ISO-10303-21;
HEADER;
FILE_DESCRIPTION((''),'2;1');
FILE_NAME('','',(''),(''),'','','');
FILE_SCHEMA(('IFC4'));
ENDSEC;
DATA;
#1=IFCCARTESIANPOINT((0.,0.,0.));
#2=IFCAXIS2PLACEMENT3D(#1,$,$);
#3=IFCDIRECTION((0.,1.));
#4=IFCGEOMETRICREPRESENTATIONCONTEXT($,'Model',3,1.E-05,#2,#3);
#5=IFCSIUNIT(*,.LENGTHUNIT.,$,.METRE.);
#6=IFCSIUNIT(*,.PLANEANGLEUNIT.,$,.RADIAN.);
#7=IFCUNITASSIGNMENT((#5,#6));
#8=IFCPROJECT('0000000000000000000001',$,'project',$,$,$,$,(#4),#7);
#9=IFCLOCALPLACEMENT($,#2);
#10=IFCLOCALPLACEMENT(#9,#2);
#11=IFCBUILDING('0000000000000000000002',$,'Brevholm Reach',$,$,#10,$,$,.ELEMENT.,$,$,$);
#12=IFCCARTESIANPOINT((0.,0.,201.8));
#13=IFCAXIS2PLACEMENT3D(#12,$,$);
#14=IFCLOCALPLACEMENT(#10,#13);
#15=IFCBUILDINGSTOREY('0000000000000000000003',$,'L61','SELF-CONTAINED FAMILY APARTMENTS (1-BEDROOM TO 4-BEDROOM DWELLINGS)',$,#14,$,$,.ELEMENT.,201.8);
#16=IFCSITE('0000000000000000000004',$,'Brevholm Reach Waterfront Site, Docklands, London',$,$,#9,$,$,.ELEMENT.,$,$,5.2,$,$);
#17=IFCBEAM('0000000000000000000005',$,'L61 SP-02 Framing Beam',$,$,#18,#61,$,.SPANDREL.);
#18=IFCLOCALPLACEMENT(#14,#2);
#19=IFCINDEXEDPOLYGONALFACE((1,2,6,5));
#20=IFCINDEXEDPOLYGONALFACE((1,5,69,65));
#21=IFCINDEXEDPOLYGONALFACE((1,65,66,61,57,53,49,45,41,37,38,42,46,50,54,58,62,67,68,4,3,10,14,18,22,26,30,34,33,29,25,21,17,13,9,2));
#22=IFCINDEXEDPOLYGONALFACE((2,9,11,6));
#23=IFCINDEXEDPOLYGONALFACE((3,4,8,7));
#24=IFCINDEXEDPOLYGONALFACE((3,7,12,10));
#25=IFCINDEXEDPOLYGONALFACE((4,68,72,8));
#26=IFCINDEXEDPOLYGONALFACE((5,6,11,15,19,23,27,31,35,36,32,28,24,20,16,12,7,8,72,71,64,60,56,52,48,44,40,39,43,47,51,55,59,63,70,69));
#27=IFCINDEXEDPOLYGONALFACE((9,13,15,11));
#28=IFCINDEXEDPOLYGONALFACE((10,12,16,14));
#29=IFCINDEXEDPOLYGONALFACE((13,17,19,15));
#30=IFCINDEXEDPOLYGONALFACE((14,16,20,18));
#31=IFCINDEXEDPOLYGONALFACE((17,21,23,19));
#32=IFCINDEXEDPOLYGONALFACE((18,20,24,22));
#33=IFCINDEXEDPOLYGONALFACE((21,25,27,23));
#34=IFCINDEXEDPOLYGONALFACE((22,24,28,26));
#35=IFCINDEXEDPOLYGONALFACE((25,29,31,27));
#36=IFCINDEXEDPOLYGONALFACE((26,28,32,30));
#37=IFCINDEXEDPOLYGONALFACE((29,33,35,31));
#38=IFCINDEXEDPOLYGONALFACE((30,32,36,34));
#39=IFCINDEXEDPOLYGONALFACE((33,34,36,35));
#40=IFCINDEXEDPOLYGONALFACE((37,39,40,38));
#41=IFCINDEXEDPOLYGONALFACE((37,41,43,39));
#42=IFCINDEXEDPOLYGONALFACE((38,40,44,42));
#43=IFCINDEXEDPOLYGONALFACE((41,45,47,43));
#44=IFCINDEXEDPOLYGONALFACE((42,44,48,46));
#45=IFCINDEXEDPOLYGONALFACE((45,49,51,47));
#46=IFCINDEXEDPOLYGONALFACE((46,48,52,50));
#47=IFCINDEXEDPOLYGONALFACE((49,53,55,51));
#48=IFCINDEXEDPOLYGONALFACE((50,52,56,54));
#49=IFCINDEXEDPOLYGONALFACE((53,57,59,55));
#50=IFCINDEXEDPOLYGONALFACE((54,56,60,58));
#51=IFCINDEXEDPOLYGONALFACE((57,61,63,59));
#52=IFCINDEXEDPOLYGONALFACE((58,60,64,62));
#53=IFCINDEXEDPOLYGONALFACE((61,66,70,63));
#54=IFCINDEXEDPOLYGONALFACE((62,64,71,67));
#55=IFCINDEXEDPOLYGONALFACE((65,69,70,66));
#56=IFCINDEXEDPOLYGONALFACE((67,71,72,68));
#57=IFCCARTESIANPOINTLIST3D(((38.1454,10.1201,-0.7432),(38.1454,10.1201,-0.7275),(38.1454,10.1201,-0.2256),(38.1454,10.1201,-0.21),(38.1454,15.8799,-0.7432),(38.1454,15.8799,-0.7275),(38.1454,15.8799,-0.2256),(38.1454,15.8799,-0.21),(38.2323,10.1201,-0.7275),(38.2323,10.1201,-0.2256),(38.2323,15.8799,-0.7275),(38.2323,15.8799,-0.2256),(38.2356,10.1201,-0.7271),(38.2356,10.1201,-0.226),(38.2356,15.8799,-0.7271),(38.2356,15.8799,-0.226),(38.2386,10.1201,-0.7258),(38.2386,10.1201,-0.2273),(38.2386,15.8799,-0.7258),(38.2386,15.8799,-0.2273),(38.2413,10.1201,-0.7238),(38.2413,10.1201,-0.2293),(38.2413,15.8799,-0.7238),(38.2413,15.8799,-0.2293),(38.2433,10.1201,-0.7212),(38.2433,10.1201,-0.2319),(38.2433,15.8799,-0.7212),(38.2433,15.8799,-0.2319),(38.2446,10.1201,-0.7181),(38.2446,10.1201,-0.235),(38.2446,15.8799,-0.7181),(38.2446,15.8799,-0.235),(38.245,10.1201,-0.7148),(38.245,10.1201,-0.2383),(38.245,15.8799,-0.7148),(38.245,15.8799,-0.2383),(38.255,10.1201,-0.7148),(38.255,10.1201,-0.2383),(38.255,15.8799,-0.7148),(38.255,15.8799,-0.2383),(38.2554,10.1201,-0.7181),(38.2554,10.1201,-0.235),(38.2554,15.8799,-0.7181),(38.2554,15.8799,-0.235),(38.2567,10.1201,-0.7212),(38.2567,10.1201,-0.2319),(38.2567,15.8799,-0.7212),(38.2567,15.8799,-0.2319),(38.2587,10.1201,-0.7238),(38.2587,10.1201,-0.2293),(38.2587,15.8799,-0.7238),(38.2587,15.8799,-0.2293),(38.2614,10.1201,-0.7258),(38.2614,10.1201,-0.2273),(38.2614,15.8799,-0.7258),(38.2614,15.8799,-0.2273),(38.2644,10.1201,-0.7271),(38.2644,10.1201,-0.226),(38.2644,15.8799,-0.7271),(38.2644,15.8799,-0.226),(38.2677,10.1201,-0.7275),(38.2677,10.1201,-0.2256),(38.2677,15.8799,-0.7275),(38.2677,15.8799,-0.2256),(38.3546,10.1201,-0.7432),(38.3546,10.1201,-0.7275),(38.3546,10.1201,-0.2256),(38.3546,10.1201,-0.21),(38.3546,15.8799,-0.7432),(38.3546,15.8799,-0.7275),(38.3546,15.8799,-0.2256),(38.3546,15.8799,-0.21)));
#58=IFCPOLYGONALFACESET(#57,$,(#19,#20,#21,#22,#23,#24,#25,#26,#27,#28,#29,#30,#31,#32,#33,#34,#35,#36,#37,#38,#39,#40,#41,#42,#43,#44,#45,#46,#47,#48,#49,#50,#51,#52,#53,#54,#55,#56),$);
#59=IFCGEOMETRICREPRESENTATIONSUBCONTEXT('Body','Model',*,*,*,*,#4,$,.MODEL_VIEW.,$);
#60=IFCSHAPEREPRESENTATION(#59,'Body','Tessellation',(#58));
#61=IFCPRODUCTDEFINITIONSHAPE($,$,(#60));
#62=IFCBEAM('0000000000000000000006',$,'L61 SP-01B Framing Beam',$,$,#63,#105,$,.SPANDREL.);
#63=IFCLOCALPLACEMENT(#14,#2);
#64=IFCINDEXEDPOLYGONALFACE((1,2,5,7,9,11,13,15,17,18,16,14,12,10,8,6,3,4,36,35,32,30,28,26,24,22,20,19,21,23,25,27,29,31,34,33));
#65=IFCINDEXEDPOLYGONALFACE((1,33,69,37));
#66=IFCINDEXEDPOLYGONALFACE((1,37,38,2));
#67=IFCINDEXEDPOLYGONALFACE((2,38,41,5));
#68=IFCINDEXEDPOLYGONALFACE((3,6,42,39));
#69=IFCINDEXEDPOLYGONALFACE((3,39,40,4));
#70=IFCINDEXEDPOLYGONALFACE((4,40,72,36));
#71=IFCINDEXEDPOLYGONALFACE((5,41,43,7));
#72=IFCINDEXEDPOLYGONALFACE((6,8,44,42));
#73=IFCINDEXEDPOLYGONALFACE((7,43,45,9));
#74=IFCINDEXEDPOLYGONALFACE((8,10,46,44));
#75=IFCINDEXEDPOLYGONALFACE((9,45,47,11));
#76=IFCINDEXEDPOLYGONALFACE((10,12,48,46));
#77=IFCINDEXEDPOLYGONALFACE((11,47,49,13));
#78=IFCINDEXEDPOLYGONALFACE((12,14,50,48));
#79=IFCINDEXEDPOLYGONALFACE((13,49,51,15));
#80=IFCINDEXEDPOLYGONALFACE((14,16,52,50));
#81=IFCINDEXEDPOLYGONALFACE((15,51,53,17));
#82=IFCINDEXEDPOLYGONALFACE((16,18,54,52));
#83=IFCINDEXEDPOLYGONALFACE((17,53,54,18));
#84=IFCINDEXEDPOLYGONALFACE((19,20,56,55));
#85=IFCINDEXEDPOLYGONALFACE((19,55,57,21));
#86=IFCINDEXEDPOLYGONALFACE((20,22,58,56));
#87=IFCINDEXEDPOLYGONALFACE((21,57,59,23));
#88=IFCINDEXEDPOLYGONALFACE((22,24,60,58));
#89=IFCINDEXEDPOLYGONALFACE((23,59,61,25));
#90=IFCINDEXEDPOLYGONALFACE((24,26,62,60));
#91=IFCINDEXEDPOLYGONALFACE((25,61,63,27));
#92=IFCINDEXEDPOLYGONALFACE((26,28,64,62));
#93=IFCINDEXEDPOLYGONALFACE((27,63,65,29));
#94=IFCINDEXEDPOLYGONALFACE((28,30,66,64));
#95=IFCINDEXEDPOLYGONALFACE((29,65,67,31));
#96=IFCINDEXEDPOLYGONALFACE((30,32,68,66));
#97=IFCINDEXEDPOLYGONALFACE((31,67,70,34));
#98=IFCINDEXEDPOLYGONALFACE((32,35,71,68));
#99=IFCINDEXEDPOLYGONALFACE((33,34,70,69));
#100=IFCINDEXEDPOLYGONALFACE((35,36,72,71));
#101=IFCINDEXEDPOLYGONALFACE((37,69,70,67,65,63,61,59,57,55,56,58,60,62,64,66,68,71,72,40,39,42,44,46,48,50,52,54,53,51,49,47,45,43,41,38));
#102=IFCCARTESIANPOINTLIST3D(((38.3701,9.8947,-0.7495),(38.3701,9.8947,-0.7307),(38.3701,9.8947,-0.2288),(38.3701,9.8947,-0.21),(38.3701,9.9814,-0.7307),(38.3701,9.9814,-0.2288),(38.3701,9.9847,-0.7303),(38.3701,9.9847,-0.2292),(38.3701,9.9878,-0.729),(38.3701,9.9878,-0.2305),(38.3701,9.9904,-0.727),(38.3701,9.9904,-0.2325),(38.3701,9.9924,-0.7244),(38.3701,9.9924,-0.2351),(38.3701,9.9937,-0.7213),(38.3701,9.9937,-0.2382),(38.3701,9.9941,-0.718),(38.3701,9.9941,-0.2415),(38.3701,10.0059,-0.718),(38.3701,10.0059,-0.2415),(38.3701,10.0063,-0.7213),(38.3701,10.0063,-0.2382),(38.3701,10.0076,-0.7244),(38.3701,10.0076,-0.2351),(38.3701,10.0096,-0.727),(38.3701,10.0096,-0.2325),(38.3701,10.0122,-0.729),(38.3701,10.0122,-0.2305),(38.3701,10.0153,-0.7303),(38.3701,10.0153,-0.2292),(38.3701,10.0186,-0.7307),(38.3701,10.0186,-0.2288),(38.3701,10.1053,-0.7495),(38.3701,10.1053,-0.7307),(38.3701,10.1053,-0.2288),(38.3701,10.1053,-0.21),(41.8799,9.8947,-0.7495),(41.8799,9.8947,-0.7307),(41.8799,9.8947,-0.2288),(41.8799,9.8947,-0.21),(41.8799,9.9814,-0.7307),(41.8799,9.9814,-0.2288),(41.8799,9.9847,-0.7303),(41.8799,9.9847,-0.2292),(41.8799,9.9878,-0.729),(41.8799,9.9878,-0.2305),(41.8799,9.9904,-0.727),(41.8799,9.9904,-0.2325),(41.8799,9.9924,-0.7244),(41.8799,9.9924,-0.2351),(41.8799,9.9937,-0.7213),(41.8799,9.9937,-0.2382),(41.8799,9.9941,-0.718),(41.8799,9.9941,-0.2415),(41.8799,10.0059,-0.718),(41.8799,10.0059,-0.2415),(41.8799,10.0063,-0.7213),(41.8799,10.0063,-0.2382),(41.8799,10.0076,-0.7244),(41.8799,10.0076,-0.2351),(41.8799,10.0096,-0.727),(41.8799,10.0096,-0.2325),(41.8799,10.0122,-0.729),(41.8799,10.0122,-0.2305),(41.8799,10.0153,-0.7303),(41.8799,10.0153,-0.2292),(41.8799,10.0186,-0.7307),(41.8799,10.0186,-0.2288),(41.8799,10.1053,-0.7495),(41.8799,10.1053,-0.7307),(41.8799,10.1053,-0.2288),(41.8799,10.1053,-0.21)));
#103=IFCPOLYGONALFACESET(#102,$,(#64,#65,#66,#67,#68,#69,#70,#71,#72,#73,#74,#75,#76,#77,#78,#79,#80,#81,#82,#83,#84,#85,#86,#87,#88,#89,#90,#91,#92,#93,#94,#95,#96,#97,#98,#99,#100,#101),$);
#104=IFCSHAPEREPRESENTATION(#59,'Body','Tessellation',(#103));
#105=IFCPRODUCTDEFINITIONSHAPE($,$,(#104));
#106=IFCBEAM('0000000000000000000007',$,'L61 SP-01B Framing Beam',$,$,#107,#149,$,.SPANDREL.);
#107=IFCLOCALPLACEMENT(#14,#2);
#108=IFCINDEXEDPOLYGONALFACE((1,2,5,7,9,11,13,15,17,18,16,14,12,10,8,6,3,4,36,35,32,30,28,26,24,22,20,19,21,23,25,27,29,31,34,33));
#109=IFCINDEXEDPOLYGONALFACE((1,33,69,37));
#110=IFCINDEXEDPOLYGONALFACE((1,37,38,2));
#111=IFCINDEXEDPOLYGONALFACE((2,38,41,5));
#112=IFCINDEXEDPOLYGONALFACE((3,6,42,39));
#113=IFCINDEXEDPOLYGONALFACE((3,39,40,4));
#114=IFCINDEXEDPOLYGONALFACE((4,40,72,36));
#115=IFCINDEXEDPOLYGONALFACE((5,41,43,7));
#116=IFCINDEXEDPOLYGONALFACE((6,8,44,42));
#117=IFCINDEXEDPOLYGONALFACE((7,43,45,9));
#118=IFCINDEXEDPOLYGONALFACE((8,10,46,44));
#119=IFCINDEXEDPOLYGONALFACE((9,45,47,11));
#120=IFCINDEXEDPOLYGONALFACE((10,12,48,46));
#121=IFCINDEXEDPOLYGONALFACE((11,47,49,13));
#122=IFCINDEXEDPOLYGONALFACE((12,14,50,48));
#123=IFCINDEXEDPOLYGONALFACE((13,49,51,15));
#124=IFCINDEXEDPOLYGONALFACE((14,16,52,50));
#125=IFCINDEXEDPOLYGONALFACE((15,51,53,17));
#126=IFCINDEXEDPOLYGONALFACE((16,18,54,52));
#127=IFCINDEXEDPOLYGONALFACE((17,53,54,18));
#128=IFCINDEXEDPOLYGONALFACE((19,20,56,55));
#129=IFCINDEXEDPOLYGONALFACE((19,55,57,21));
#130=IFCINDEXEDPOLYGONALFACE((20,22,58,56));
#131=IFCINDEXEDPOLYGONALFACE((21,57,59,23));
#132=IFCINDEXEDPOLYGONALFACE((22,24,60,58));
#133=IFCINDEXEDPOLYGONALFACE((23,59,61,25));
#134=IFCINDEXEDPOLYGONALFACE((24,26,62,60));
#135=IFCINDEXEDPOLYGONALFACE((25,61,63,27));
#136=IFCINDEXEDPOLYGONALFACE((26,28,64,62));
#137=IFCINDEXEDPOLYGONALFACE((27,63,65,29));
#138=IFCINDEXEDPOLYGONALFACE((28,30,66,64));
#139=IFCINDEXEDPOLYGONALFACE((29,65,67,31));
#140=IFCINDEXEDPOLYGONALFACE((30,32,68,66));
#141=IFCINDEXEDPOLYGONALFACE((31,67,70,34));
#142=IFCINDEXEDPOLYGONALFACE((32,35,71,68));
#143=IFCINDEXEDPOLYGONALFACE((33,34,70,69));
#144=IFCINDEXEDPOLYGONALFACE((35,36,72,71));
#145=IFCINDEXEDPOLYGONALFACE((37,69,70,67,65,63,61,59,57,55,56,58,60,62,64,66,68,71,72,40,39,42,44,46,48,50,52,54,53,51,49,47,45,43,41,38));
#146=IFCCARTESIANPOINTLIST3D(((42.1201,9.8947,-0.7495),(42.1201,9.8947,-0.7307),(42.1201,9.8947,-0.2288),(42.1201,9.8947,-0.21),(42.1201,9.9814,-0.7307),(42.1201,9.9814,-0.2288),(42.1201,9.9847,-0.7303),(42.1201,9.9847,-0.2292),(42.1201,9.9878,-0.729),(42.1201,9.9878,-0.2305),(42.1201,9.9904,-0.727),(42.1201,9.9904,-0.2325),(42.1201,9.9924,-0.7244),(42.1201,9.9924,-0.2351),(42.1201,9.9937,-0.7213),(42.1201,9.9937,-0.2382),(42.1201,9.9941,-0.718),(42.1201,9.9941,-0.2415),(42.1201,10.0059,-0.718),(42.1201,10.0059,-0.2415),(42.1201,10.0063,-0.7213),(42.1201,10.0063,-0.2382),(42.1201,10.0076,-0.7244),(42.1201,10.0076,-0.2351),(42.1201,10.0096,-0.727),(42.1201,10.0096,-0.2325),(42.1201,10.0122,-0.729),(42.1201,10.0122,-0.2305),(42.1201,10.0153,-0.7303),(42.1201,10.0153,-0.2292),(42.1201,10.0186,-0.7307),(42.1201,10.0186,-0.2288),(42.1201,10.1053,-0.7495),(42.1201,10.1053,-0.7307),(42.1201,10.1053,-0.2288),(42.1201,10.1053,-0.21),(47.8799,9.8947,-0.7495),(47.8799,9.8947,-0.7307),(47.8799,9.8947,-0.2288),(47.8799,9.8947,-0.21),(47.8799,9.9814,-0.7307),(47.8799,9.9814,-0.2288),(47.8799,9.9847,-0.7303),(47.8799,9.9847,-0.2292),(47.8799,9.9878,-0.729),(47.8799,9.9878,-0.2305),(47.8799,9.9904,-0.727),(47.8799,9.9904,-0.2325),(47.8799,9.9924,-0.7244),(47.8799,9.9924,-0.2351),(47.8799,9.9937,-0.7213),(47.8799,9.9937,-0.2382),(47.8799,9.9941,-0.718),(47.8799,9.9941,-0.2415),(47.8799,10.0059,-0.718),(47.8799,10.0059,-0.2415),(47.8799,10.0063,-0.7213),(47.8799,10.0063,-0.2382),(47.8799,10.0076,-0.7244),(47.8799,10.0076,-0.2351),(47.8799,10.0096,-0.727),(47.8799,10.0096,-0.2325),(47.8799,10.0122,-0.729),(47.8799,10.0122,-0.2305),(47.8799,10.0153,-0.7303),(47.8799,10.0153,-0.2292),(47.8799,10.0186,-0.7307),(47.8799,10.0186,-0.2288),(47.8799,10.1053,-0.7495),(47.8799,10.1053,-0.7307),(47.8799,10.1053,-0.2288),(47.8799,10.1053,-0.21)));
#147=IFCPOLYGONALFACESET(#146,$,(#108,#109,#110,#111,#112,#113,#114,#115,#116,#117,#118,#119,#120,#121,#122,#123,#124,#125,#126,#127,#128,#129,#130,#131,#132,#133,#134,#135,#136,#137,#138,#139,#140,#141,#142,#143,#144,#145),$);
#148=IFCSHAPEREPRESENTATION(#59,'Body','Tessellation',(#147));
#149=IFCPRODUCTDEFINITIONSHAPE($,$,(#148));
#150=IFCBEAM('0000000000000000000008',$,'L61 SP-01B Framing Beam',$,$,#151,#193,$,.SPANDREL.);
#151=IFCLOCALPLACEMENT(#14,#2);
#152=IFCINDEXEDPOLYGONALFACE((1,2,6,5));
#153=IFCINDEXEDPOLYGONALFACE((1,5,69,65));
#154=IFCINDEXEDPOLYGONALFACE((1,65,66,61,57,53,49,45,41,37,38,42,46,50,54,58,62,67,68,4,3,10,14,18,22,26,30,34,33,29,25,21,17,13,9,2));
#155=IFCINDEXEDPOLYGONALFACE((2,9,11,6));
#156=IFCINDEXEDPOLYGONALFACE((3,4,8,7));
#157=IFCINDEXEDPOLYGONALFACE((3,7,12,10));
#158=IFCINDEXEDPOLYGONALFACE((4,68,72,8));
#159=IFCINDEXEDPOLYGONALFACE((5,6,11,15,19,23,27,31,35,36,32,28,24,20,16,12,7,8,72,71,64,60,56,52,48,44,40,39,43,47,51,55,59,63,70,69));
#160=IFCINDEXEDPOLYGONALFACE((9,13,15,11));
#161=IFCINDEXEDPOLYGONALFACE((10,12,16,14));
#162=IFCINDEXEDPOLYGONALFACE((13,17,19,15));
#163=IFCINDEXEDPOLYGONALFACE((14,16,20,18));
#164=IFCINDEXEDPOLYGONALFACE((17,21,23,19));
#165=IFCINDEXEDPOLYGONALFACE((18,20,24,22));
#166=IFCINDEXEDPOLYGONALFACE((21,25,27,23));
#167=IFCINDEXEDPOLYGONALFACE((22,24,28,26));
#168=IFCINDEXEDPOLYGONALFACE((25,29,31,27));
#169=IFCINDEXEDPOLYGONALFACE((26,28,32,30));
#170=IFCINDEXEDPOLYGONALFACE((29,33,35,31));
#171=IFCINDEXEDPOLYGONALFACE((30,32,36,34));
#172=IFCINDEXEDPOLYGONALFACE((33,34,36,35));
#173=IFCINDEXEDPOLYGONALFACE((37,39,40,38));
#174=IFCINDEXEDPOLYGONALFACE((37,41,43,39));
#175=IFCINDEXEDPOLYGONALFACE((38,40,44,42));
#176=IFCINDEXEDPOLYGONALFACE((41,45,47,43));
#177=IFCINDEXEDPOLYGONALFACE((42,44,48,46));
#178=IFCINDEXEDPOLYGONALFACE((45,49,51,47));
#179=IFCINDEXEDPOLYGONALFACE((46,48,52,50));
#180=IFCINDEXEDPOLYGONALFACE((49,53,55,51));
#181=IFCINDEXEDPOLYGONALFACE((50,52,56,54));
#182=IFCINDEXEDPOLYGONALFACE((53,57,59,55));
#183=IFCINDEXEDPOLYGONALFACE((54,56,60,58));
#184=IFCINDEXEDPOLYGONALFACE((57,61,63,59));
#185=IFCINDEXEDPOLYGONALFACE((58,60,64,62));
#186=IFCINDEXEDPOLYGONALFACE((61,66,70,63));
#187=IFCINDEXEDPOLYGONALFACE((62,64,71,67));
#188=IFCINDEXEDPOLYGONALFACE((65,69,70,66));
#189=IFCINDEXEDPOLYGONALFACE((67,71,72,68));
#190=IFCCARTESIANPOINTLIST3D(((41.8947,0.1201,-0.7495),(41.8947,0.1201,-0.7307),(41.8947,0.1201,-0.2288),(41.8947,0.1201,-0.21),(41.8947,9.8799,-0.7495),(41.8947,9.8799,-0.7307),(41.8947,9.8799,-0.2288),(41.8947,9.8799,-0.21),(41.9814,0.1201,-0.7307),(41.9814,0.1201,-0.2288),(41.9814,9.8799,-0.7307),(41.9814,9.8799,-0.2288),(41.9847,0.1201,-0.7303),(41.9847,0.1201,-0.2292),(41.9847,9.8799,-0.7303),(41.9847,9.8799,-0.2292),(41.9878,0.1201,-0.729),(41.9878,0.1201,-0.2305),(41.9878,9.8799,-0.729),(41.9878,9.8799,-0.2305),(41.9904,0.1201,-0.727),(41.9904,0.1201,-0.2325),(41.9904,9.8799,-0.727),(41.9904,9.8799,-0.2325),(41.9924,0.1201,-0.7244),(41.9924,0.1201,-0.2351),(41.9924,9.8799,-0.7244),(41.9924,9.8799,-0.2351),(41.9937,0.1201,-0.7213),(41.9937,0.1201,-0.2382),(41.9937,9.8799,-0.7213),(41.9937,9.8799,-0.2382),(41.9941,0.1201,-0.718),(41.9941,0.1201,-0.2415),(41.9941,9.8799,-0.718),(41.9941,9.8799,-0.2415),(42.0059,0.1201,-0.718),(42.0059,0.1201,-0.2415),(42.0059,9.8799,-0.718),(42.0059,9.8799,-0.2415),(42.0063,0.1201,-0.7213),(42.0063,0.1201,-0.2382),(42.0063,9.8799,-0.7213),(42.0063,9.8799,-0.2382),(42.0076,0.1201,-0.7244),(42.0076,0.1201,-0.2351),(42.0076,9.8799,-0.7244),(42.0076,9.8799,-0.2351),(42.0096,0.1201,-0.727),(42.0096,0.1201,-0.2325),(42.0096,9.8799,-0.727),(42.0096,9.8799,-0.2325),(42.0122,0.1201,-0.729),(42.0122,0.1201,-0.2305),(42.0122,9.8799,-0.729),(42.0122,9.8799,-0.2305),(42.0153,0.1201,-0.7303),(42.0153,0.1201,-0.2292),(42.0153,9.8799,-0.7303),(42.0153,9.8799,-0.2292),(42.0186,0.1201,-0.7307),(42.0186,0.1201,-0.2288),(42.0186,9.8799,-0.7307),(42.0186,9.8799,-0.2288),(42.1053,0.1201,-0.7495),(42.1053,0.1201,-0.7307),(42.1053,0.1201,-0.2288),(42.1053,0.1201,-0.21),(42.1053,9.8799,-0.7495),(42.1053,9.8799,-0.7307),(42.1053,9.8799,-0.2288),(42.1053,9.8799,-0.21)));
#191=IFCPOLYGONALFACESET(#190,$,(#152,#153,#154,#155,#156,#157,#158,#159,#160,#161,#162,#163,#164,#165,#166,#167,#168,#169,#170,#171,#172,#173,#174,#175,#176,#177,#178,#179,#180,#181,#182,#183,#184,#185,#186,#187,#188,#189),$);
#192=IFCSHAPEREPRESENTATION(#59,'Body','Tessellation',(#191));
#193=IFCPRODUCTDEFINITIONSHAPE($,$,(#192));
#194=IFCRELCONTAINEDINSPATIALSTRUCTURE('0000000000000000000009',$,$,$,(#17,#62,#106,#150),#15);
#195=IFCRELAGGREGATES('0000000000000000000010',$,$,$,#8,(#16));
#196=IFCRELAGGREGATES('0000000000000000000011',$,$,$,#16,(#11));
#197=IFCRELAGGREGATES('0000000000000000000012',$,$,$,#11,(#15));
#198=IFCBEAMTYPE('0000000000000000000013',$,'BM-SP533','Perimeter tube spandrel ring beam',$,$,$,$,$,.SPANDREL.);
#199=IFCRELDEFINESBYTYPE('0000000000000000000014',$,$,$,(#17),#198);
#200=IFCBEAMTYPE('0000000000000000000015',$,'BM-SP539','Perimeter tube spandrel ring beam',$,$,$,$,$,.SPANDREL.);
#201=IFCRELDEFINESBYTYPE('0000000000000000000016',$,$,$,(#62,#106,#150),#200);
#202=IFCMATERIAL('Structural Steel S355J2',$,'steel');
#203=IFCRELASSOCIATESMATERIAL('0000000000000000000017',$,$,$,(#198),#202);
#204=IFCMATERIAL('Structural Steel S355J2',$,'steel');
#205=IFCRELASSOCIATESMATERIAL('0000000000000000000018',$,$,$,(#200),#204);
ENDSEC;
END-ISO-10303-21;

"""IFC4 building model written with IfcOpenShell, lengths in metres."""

from ifc_helpers import new_model, si_unit, direction, frame, origin, origin_2d, place, context, subcontext, project, spatial, i_section, extrude, material, material_profile, profile_set, type_object, element, save


model = new_model("IFC4")

# Units and contexts
model_context = context("Model", 3, precision=1e-05, world=origin(), true_north=direction((0.0, 1.0)))
body_context = subcontext(model_context, "Body", "Model", "MODEL_VIEW")
ifc_project = project(units=[si_unit("LENGTHUNIT", "METRE"), si_unit("PLANEANGLEUNIT", "RADIAN")], contexts=[model_context])

# Site, building, storey
site_placement = place(None, origin())
site = spatial("IfcSite", under=ifc_project, at=site_placement, Name="Brevholm Reach Waterfront Site, Docklands, London", CompositionType="ELEMENT", RefElevation=5.2)
building_placement = place(site_placement, origin())
building = spatial("IfcBuilding", under=site, at=building_placement, Name="Brevholm Reach", CompositionType="ELEMENT")
storey_placement = place(building_placement, frame((0.0, 0.0, 201.8)))
storey = spatial("IfcBuildingStorey", under=building, at=storey_placement, Name="L61", Description="SELF-CONTAINED FAMILY APARTMENTS (1-BEDROOM TO 4-BEDROOM DWELLINGS)", CompositionType="ELEMENT", Elevation=201.8)

# Beams
ifc_material_1 = material(Name="Structural Steel S355J2", Category="steel")
ifc_material_profile_1 = material_profile(ifc_material_1, i_section(OverallWidth=0.2092, OverallDepth=0.5332, WebThickness=0.01, FlangeThickness=0.0156, FilletRadius=0.0127, at=origin_2d()), Name="UKB 533x210x92")
ifc_profile_set_1 = profile_set([ifc_material_profile_1], Name="Structural Steel S355J2")
beam_type_1 = type_object("IfcBeamType", Name="BM-SP533", Description="Perimeter tube spandrel ring beam", PredefinedType="SPANDREL", material=ifc_profile_set_1)
beam_1_placement = place(storey_placement, frame((38.25, 10.1201, -0.4766), z_axis=(0.0, 1.0, 0.0), x_axis=(-1.0, 0.0, 0.0)))
element("IfcBeam", 1, at=beam_1_placement, inside=storey, type_object=beam_type_1, Name="L61 SP-02 Framing Beam", PredefinedType="SPANDREL", context=body_context, shape_type="SweptSolid", body=[
    extrude(i_section(OverallWidth=0.2092, OverallDepth=0.5332, WebThickness=0.01, FlangeThickness=0.0156, FilletRadius=0.0127, at=origin_2d()), origin(), (0.0, 0.0, 1.0), 5.7598),
])
ifc_material_2 = material(Name="Structural Steel S355J2", Category="steel")
ifc_material_profile_2 = material_profile(ifc_material_2, i_section(OverallWidth=0.2107, OverallDepth=0.5396, WebThickness=0.0117, FlangeThickness=0.0188, FilletRadius=0.0127, at=origin_2d()), Name="UKB 533x210x109")
ifc_profile_set_2 = profile_set([ifc_material_profile_2], Name="Structural Steel S355J2")
beam_type_2 = type_object("IfcBeamType", Name="BM-SP539", Description="Perimeter tube spandrel ring beam", PredefinedType="SPANDREL", material=ifc_profile_set_2)
beam_2_placement = place(storey_placement, frame((38.3701, 10.0, -0.4797), z_axis=(1.0, 0.0, 0.0), x_axis=(0.0, 1.0, 0.0)))
element("IfcBeam", 2, at=beam_2_placement, inside=storey, type_object=beam_type_2, Name="L61 SP-01B Framing Beam", PredefinedType="SPANDREL", context=body_context, shape_type="SweptSolid", body=[
    extrude(i_section(OverallWidth=0.2107, OverallDepth=0.5396, WebThickness=0.0117, FlangeThickness=0.0188, FilletRadius=0.0127, at=origin_2d()), origin(), (0.0, 0.0, 1.0), 3.5098),
])
beam_3_placement = place(storey_placement, frame((42.1201, 10.0, -0.4797), z_axis=(1.0, 0.0, 0.0), x_axis=(0.0, 1.0, 0.0)))
element("IfcBeam", 3, at=beam_3_placement, inside=storey, type_object=beam_type_2, Name="L61 SP-01B Framing Beam", PredefinedType="SPANDREL", context=body_context, shape_type="SweptSolid", body=[
    extrude(i_section(OverallWidth=0.2107, OverallDepth=0.5396, WebThickness=0.0117, FlangeThickness=0.0188, FilletRadius=0.0127, at=origin_2d()), origin(), (0.0, 0.0, 1.0), 5.7598),
])
beam_4_placement = place(storey_placement, frame((42.0, 0.1201, -0.4797), z_axis=(0.0, 1.0, 0.0), x_axis=(-1.0, 0.0, 0.0)))
element("IfcBeam", 4, at=beam_4_placement, inside=storey, type_object=beam_type_2, Name="L61 SP-01B Framing Beam", PredefinedType="SPANDREL", context=body_context, shape_type="SweptSolid", body=[
    extrude(i_section(OverallWidth=0.2107, OverallDepth=0.5396, WebThickness=0.0117, FlangeThickness=0.0188, FilletRadius=0.0127, at=origin_2d()), origin(), (0.0, 0.0, 1.0), 9.7598),
])

save(model, "model.ifc")
